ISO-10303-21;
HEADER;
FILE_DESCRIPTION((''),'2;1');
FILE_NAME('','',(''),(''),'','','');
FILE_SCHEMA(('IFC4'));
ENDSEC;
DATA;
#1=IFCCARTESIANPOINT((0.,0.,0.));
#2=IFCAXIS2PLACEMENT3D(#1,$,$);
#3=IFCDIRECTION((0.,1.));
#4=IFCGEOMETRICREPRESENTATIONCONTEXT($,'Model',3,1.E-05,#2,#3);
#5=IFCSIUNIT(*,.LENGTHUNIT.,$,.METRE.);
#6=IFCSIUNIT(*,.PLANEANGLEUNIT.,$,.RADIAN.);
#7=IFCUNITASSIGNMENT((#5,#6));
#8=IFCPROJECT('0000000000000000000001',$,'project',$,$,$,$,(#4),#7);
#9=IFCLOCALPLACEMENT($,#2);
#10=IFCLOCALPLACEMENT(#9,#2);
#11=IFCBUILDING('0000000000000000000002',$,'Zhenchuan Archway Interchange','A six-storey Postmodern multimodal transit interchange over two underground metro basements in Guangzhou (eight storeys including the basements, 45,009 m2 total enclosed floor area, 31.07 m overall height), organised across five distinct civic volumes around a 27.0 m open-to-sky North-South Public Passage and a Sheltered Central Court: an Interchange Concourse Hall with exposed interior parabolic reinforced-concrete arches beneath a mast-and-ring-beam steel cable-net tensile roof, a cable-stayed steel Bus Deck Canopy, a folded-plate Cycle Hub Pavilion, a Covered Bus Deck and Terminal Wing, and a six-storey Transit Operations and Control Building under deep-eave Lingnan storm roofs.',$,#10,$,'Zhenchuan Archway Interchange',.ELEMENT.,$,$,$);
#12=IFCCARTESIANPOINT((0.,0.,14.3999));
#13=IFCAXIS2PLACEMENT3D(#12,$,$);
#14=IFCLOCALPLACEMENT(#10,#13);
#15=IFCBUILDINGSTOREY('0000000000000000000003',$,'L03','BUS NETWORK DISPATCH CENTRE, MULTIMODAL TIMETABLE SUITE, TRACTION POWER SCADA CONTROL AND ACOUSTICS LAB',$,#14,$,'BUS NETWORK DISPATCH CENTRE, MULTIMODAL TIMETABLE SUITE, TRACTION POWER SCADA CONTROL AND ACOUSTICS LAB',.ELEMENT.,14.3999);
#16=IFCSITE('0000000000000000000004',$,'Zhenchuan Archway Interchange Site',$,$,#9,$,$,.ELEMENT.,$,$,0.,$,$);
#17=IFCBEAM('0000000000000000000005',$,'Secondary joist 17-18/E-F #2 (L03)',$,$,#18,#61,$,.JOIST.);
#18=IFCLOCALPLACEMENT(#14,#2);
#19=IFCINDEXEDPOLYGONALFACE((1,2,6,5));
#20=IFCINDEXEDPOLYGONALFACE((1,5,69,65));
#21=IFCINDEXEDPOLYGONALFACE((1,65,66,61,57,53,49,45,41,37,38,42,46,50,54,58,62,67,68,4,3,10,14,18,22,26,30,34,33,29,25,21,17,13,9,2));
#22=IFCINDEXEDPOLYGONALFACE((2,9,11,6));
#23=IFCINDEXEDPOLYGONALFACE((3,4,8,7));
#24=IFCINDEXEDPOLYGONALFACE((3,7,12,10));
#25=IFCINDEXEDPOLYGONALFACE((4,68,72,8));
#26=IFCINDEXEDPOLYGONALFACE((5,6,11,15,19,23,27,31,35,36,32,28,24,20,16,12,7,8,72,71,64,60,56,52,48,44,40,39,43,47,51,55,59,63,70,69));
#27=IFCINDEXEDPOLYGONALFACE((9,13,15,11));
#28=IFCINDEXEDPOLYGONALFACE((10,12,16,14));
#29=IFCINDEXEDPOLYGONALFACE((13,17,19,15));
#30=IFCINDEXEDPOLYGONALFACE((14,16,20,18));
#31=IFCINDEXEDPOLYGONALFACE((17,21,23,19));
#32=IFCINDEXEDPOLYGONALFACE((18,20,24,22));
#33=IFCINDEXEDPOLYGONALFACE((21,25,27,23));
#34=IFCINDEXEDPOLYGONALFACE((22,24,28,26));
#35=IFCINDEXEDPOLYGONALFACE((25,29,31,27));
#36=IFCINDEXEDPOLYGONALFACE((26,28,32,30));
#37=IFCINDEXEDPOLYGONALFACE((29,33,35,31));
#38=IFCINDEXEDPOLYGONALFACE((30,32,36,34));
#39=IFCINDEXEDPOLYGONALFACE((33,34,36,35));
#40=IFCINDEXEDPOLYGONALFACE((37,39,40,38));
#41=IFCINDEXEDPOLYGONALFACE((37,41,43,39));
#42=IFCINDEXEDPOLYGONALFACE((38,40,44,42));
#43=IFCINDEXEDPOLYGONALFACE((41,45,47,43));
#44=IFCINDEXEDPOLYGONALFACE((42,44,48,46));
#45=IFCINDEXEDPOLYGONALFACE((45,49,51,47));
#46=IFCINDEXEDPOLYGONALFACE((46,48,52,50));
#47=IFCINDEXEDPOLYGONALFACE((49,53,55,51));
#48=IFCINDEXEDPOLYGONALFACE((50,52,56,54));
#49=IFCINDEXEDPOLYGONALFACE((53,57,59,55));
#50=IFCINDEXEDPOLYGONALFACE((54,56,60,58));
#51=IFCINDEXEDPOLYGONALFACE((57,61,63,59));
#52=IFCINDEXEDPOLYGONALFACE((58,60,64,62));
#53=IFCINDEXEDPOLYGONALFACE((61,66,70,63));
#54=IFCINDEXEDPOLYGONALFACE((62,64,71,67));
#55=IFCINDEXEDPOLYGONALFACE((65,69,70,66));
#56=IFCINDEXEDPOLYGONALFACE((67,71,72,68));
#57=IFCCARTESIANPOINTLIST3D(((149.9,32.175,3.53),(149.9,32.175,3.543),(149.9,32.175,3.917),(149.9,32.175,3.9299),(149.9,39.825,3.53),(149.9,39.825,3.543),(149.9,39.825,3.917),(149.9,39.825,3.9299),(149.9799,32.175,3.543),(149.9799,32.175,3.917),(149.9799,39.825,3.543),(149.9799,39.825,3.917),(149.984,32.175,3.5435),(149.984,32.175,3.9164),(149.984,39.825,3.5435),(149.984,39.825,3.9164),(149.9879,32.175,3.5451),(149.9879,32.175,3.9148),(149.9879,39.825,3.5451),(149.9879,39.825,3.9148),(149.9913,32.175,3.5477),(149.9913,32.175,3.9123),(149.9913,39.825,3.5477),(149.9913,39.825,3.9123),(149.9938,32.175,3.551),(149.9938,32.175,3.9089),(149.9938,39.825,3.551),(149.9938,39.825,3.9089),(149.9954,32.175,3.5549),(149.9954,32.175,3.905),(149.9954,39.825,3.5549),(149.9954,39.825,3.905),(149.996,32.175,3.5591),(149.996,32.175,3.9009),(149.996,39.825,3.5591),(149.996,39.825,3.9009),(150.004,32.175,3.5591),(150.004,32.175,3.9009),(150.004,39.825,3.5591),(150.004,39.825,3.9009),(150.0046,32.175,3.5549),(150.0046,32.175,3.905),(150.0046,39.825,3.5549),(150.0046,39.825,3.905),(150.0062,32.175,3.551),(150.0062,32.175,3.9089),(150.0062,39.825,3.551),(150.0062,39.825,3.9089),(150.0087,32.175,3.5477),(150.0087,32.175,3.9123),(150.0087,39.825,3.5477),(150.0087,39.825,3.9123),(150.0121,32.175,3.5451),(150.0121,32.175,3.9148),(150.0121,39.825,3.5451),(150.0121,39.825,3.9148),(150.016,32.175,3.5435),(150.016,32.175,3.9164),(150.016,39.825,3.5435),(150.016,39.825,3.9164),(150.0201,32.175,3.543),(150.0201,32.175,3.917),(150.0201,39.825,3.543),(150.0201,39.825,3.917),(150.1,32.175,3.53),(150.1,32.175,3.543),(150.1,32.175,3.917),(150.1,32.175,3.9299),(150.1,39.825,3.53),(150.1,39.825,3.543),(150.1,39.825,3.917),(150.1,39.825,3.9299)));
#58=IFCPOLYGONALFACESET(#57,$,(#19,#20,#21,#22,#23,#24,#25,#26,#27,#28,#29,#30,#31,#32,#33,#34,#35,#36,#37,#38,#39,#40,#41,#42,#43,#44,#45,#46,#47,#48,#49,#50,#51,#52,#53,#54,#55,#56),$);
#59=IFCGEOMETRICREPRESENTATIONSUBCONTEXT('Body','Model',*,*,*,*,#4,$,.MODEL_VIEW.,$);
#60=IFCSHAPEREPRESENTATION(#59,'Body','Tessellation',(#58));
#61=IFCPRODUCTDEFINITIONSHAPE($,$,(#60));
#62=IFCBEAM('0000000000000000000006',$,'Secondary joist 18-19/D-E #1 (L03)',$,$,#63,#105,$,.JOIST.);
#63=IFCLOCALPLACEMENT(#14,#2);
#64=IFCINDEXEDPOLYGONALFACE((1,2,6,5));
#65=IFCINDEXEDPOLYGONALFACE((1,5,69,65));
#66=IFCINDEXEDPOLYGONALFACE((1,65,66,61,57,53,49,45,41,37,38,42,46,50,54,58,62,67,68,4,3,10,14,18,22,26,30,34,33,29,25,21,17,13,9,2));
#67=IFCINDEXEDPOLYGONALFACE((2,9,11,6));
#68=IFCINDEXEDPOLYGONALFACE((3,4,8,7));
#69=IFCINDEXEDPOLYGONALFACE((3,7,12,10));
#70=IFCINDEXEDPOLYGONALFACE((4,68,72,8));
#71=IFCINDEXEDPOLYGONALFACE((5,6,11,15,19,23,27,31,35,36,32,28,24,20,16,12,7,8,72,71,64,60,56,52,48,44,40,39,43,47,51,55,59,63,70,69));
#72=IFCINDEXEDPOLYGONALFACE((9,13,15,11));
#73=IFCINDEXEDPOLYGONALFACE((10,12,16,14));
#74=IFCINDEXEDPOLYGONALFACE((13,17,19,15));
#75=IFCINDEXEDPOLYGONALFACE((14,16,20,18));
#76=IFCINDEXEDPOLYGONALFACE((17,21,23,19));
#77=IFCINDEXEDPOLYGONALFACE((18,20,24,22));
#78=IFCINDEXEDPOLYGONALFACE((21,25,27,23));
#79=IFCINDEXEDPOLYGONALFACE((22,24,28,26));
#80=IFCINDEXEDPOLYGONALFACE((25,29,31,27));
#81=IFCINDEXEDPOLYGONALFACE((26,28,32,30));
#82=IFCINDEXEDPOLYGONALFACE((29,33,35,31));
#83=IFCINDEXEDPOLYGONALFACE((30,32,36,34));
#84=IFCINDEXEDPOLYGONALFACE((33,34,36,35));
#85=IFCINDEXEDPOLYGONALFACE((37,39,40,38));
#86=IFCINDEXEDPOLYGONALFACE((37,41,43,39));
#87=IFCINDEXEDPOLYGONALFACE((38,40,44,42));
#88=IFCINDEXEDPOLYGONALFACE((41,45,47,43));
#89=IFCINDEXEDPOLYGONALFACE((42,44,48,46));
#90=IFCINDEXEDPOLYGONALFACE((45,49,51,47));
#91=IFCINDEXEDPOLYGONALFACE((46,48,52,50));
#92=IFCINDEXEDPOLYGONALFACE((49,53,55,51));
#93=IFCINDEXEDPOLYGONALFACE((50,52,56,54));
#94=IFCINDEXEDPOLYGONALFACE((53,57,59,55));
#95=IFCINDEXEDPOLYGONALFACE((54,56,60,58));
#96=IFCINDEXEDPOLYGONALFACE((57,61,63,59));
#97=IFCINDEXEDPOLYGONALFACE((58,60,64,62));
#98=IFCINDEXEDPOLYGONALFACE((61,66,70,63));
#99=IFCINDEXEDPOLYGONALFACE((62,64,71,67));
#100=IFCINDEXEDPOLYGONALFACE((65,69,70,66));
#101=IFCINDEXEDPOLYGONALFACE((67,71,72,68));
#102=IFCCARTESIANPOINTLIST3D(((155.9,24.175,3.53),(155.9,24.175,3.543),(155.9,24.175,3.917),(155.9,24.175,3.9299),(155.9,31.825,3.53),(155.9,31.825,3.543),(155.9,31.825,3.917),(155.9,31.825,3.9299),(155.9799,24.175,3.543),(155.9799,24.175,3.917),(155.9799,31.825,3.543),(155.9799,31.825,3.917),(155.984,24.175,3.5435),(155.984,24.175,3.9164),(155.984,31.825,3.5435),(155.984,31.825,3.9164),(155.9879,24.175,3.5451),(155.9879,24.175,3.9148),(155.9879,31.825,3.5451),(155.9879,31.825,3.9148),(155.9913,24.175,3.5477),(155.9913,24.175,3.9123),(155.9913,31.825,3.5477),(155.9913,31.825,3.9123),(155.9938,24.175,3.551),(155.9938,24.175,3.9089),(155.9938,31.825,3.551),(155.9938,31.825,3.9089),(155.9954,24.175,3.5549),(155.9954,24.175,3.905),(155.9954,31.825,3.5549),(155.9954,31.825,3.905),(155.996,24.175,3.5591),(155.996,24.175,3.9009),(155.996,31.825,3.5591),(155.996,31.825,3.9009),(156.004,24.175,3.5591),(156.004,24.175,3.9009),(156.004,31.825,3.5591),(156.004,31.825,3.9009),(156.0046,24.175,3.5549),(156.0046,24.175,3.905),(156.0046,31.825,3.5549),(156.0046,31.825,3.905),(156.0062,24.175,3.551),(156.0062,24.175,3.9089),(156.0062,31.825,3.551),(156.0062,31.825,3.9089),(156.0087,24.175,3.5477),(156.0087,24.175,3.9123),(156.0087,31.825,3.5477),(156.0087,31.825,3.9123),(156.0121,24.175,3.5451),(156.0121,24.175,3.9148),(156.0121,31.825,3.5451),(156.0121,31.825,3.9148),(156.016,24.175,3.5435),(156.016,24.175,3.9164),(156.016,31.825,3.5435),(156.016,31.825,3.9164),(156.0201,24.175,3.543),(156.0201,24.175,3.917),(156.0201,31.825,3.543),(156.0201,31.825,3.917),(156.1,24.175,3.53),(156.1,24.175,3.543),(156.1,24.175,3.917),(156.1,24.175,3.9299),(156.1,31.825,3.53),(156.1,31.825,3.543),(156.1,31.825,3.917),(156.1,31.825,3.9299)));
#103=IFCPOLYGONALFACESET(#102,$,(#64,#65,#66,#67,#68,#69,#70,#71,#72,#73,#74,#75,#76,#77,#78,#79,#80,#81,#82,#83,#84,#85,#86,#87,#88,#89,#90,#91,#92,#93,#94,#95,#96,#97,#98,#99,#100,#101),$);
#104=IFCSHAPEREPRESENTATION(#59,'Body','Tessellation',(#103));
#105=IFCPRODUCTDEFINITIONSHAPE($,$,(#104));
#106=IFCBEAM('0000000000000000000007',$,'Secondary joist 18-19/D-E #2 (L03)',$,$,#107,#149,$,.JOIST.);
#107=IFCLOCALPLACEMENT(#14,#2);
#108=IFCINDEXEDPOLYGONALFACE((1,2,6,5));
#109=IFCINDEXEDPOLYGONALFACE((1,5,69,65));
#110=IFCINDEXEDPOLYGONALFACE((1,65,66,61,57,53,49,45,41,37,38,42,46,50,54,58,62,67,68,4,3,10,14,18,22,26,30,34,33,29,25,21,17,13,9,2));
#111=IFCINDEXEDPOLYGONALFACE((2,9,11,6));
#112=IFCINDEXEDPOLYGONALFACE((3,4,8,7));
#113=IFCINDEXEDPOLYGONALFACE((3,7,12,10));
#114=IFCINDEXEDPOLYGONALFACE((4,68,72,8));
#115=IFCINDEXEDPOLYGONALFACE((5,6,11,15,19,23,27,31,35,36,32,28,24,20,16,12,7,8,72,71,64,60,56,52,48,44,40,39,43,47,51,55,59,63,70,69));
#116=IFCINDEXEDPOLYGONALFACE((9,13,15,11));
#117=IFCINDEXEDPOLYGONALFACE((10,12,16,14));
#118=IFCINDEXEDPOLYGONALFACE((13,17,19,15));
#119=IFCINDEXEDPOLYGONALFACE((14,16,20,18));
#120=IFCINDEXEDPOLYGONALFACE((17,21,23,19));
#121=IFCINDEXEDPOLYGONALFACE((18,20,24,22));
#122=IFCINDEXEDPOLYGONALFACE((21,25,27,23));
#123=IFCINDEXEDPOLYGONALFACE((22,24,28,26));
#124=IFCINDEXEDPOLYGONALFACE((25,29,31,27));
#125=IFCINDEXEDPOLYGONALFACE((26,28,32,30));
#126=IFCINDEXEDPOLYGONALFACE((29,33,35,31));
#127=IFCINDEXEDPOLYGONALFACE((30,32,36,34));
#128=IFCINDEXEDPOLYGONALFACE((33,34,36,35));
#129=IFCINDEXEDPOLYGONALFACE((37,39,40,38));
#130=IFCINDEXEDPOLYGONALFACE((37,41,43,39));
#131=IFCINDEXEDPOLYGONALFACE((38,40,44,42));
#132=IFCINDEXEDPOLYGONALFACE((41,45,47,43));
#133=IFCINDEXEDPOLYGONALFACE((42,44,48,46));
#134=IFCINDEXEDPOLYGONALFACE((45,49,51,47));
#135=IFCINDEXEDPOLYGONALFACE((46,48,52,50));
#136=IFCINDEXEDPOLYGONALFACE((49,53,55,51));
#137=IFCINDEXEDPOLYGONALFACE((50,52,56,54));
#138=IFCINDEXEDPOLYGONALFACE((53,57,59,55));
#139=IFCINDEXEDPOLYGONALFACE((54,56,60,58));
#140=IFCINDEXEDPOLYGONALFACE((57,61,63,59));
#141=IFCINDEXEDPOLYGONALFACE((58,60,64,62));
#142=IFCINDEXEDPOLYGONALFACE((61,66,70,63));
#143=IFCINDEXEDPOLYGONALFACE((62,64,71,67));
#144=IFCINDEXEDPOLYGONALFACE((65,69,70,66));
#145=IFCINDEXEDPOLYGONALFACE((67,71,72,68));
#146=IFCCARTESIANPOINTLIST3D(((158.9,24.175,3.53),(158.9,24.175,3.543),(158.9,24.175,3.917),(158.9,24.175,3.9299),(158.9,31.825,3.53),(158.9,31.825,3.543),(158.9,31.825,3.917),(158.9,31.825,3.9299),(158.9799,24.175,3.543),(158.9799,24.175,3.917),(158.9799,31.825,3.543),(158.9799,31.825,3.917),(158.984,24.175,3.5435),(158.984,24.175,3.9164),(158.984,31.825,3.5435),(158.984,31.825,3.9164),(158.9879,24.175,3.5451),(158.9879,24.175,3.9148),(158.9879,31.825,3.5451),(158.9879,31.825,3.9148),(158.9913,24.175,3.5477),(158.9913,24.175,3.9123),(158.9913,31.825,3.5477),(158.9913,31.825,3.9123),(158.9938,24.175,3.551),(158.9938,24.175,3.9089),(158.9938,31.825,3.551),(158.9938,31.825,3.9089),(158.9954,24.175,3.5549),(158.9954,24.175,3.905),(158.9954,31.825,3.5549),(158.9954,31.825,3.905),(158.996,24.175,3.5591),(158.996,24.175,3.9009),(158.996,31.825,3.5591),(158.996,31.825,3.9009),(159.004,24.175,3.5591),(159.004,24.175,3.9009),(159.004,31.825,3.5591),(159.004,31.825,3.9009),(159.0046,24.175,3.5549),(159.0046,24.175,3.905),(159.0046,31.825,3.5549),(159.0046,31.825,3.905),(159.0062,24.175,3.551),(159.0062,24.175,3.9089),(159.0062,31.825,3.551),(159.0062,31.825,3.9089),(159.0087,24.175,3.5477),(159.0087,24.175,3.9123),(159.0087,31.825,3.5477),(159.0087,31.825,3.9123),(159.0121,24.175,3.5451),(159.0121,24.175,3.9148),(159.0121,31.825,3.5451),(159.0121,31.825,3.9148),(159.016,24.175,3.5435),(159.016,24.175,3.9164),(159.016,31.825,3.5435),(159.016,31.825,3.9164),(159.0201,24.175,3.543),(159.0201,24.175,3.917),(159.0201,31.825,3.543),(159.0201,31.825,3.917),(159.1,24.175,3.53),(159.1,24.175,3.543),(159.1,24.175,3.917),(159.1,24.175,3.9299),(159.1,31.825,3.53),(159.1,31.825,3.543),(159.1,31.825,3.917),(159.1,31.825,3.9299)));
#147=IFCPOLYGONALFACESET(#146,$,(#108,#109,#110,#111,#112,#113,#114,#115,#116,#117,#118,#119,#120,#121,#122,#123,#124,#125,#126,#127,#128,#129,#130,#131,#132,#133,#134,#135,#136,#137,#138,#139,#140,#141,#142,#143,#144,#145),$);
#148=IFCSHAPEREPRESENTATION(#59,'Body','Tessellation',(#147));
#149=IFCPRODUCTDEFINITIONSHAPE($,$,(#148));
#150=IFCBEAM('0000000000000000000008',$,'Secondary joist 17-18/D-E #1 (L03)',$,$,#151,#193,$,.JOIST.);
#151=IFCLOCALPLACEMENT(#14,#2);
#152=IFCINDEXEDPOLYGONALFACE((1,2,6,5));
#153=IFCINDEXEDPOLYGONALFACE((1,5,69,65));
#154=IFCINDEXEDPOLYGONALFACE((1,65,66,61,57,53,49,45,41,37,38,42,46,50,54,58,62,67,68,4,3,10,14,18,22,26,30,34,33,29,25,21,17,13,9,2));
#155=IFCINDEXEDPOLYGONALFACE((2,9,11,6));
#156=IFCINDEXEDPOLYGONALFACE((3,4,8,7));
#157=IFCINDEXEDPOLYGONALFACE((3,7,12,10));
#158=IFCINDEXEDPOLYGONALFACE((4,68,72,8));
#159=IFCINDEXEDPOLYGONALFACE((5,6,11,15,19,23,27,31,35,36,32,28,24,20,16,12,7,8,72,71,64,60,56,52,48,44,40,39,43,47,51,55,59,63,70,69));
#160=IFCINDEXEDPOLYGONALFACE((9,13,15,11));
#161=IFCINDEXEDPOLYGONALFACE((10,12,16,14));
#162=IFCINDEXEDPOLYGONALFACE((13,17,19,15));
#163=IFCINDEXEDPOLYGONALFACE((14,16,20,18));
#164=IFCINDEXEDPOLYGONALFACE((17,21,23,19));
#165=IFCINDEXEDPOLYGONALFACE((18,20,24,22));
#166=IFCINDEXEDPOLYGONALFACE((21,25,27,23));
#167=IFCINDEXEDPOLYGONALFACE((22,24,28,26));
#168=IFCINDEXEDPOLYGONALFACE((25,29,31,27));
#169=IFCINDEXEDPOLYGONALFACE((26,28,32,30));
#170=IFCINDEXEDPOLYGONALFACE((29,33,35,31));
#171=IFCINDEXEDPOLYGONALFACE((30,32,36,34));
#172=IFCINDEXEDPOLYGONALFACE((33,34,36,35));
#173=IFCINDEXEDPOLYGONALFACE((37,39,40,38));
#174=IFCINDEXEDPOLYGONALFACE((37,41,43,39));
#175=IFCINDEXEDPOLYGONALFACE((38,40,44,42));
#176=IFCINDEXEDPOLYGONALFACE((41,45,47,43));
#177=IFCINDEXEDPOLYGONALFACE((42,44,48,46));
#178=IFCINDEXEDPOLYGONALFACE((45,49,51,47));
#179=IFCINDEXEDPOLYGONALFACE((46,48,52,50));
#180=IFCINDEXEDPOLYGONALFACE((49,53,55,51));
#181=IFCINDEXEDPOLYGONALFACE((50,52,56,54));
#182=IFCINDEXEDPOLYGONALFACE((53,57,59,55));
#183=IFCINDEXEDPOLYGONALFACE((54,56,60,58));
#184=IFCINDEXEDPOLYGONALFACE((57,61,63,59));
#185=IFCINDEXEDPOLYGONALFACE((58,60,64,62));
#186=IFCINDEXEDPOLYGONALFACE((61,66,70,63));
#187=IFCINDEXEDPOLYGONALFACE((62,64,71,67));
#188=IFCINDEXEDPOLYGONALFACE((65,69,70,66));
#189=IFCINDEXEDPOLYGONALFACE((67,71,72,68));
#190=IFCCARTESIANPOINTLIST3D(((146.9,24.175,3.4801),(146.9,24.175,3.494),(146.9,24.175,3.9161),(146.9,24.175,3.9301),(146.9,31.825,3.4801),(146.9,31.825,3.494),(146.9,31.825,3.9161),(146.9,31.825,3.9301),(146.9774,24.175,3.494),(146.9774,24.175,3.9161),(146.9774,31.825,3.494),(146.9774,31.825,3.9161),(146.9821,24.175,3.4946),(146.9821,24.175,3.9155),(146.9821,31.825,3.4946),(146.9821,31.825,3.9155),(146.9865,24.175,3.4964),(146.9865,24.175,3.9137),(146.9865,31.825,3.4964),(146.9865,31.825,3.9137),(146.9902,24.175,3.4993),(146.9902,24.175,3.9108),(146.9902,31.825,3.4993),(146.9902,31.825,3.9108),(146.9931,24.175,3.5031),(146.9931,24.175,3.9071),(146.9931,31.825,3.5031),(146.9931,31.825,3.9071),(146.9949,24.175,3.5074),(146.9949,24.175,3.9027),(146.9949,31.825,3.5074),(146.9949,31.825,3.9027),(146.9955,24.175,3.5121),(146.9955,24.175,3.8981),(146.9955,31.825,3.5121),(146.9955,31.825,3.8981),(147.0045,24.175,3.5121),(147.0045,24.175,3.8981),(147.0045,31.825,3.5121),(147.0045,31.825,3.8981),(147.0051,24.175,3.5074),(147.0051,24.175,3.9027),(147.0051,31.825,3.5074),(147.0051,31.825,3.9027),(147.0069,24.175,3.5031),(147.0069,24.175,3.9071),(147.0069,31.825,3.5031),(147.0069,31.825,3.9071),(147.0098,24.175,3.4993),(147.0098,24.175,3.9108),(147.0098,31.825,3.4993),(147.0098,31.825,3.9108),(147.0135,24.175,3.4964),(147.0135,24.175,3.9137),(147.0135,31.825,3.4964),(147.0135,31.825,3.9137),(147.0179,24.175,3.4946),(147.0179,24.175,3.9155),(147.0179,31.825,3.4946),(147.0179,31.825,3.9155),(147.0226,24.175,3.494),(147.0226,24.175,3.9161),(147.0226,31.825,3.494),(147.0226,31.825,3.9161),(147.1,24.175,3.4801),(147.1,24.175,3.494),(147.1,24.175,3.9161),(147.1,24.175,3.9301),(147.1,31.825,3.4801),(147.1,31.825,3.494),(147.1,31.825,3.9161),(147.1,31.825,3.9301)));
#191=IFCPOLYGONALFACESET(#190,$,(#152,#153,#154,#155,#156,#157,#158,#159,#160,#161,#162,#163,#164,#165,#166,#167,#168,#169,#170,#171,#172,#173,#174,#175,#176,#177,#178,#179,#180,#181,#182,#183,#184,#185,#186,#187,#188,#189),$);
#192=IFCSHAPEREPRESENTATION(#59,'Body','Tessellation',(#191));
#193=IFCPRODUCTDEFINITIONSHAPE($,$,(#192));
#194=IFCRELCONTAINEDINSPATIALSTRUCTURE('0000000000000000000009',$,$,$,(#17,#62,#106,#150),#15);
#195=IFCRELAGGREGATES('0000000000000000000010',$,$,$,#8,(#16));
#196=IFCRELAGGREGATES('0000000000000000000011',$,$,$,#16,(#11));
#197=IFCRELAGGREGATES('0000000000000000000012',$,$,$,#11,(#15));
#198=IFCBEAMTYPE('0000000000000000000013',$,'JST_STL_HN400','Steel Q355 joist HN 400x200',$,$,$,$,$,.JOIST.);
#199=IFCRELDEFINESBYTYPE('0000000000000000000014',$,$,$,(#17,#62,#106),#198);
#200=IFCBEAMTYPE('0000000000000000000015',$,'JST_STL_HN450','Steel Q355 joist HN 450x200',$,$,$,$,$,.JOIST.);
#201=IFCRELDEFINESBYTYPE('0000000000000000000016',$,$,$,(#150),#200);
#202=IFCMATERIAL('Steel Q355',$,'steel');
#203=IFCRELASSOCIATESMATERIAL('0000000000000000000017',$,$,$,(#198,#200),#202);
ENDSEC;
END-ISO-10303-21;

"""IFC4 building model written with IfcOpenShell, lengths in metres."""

from ifc_helpers import new_model, si_unit, direction, frame, origin, origin_2d, place, context, subcontext, project, spatial, i_section, extrude, material, material_profile, profile_set, type_object, element, save


model = new_model("IFC4")

# Units and contexts
model_context = context("Model", 3, precision=1e-05, world=origin(), true_north=direction((0.0, 1.0)))
body_context = subcontext(model_context, "Body", "Model", "MODEL_VIEW")
ifc_project = project(units=[si_unit("LENGTHUNIT", "METRE"), si_unit("PLANEANGLEUNIT", "RADIAN")], contexts=[model_context])

# Site, building, storey
site_placement = place(None, origin())
site = spatial("IfcSite", under=ifc_project, at=site_placement, Name="Zhenchuan Archway Interchange Site", CompositionType="ELEMENT", RefElevation=0.0)
building_placement = place(site_placement, origin())
building = spatial("IfcBuilding", under=site, at=building_placement, Name="Zhenchuan Archway Interchange", Description="A six-storey Postmodern multimodal transit interchange over two underground metro basements in Guangzhou (eight storeys including the basements, 45,009 m2 total enclosed floor area, 31.07 m overall height), organised across five distinct civic volumes around a 27.0 m open-to-sky North-South Public Passage and a Sheltered Central Court: an Interchange Concourse Hall with exposed interior parabolic reinforced-concrete arches beneath a mast-and-ring-beam steel cable-net tensile roof, a cable-stayed steel Bus Deck Canopy, a folded-plate Cycle Hub Pavilion, a Covered Bus Deck and Terminal Wing, and a six-storey Transit Operations and Control Building under deep-eave Lingnan storm roofs.", LongName="Zhenchuan Archway Interchange", CompositionType="ELEMENT")
storey_placement = place(building_placement, frame((0.0, 0.0, 14.3999)))
storey = spatial("IfcBuildingStorey", under=building, at=storey_placement, Name="L03", Description="BUS NETWORK DISPATCH CENTRE, MULTIMODAL TIMETABLE SUITE, TRACTION POWER SCADA CONTROL AND ACOUSTICS LAB", LongName="BUS NETWORK DISPATCH CENTRE, MULTIMODAL TIMETABLE SUITE, TRACTION POWER SCADA CONTROL AND ACOUSTICS LAB", CompositionType="ELEMENT", Elevation=14.3999)

# Beams
ifc_material_1 = material(Name="Steel Q355", Category="steel")
ifc_material_profile_1 = material_profile(ifc_material_1, i_section(OverallWidth=0.2, OverallDepth=0.3999, WebThickness=0.0081, FlangeThickness=0.0129, FilletRadius=0.0161, at=origin_2d()), Name="HN 400x200")
ifc_profile_set_1 = profile_set([ifc_material_profile_1], Name="Steel Q355")
beam_type_1 = type_object("IfcBeamType", Name="JST_STL_HN400", Description="Steel Q355 joist HN 400x200", PredefinedType="JOIST", material=ifc_profile_set_1)
for number, where, z_axis, x_axis, name in (
    (1, (150.0, 32.175, 3.73), (0.0, 1.0, 0.0), (-1.0, 0.0, 0.0), "Secondary joist 17-18/E-F #2 (L03)"),
    (2, (156.0, 24.175, 3.73), (0.0, 1.0, 0.0), (-1.0, 0.0, 0.0), "Secondary joist 18-19/D-E #1 (L03)"),
    (3, (159.0, 24.175, 3.73), (0.0, 1.0, 0.0), (-1.0, 0.0, 0.0), "Secondary joist 18-19/D-E #2 (L03)"),
):
    element("IfcBeam", number, at=place(storey_placement, frame(where, z_axis=z_axis, x_axis=x_axis)), inside=storey, type_object=beam_type_1, Name=name, PredefinedType="JOIST", context=body_context, shape_type="SweptSolid", body=[
        extrude(i_section(OverallWidth=0.2, OverallDepth=0.3999, WebThickness=0.0081, FlangeThickness=0.0129, FilletRadius=0.0161, at=origin_2d()), origin(), (0.0, 0.0, 1.0), 7.6499),
    ])
ifc_material_profile_2 = material_profile(ifc_material_1, i_section(OverallWidth=0.2, OverallDepth=0.45, WebThickness=0.009, FlangeThickness=0.0139, FilletRadius=0.0181, at=origin_2d()), Name="HN 450x200")
ifc_profile_set_2 = profile_set([ifc_material_profile_2], Name="Steel Q355")
beam_type_2 = type_object("IfcBeamType", Name="JST_STL_HN450", Description="Steel Q355 joist HN 450x200", PredefinedType="JOIST", material=ifc_profile_set_2)
for number, where, z_axis, x_axis, name in (
    (4, (147.0, 24.175, 3.7051), (0.0, 1.0, 0.0), (-1.0, 0.0, 0.0), "Secondary joist 17-18/D-E #1 (L03)"),
):
    element("IfcBeam", number, at=place(storey_placement, frame(where, z_axis=z_axis, x_axis=x_axis)), inside=storey, type_object=beam_type_2, Name=name, PredefinedType="JOIST", context=body_context, shape_type="SweptSolid", body=[
        extrude(i_section(OverallWidth=0.2, OverallDepth=0.45, WebThickness=0.009, FlangeThickness=0.0139, FilletRadius=0.0181, at=origin_2d()), origin(), (0.0, 0.0, 1.0), 7.6499),
    ])

save(model, "model.ifc")
